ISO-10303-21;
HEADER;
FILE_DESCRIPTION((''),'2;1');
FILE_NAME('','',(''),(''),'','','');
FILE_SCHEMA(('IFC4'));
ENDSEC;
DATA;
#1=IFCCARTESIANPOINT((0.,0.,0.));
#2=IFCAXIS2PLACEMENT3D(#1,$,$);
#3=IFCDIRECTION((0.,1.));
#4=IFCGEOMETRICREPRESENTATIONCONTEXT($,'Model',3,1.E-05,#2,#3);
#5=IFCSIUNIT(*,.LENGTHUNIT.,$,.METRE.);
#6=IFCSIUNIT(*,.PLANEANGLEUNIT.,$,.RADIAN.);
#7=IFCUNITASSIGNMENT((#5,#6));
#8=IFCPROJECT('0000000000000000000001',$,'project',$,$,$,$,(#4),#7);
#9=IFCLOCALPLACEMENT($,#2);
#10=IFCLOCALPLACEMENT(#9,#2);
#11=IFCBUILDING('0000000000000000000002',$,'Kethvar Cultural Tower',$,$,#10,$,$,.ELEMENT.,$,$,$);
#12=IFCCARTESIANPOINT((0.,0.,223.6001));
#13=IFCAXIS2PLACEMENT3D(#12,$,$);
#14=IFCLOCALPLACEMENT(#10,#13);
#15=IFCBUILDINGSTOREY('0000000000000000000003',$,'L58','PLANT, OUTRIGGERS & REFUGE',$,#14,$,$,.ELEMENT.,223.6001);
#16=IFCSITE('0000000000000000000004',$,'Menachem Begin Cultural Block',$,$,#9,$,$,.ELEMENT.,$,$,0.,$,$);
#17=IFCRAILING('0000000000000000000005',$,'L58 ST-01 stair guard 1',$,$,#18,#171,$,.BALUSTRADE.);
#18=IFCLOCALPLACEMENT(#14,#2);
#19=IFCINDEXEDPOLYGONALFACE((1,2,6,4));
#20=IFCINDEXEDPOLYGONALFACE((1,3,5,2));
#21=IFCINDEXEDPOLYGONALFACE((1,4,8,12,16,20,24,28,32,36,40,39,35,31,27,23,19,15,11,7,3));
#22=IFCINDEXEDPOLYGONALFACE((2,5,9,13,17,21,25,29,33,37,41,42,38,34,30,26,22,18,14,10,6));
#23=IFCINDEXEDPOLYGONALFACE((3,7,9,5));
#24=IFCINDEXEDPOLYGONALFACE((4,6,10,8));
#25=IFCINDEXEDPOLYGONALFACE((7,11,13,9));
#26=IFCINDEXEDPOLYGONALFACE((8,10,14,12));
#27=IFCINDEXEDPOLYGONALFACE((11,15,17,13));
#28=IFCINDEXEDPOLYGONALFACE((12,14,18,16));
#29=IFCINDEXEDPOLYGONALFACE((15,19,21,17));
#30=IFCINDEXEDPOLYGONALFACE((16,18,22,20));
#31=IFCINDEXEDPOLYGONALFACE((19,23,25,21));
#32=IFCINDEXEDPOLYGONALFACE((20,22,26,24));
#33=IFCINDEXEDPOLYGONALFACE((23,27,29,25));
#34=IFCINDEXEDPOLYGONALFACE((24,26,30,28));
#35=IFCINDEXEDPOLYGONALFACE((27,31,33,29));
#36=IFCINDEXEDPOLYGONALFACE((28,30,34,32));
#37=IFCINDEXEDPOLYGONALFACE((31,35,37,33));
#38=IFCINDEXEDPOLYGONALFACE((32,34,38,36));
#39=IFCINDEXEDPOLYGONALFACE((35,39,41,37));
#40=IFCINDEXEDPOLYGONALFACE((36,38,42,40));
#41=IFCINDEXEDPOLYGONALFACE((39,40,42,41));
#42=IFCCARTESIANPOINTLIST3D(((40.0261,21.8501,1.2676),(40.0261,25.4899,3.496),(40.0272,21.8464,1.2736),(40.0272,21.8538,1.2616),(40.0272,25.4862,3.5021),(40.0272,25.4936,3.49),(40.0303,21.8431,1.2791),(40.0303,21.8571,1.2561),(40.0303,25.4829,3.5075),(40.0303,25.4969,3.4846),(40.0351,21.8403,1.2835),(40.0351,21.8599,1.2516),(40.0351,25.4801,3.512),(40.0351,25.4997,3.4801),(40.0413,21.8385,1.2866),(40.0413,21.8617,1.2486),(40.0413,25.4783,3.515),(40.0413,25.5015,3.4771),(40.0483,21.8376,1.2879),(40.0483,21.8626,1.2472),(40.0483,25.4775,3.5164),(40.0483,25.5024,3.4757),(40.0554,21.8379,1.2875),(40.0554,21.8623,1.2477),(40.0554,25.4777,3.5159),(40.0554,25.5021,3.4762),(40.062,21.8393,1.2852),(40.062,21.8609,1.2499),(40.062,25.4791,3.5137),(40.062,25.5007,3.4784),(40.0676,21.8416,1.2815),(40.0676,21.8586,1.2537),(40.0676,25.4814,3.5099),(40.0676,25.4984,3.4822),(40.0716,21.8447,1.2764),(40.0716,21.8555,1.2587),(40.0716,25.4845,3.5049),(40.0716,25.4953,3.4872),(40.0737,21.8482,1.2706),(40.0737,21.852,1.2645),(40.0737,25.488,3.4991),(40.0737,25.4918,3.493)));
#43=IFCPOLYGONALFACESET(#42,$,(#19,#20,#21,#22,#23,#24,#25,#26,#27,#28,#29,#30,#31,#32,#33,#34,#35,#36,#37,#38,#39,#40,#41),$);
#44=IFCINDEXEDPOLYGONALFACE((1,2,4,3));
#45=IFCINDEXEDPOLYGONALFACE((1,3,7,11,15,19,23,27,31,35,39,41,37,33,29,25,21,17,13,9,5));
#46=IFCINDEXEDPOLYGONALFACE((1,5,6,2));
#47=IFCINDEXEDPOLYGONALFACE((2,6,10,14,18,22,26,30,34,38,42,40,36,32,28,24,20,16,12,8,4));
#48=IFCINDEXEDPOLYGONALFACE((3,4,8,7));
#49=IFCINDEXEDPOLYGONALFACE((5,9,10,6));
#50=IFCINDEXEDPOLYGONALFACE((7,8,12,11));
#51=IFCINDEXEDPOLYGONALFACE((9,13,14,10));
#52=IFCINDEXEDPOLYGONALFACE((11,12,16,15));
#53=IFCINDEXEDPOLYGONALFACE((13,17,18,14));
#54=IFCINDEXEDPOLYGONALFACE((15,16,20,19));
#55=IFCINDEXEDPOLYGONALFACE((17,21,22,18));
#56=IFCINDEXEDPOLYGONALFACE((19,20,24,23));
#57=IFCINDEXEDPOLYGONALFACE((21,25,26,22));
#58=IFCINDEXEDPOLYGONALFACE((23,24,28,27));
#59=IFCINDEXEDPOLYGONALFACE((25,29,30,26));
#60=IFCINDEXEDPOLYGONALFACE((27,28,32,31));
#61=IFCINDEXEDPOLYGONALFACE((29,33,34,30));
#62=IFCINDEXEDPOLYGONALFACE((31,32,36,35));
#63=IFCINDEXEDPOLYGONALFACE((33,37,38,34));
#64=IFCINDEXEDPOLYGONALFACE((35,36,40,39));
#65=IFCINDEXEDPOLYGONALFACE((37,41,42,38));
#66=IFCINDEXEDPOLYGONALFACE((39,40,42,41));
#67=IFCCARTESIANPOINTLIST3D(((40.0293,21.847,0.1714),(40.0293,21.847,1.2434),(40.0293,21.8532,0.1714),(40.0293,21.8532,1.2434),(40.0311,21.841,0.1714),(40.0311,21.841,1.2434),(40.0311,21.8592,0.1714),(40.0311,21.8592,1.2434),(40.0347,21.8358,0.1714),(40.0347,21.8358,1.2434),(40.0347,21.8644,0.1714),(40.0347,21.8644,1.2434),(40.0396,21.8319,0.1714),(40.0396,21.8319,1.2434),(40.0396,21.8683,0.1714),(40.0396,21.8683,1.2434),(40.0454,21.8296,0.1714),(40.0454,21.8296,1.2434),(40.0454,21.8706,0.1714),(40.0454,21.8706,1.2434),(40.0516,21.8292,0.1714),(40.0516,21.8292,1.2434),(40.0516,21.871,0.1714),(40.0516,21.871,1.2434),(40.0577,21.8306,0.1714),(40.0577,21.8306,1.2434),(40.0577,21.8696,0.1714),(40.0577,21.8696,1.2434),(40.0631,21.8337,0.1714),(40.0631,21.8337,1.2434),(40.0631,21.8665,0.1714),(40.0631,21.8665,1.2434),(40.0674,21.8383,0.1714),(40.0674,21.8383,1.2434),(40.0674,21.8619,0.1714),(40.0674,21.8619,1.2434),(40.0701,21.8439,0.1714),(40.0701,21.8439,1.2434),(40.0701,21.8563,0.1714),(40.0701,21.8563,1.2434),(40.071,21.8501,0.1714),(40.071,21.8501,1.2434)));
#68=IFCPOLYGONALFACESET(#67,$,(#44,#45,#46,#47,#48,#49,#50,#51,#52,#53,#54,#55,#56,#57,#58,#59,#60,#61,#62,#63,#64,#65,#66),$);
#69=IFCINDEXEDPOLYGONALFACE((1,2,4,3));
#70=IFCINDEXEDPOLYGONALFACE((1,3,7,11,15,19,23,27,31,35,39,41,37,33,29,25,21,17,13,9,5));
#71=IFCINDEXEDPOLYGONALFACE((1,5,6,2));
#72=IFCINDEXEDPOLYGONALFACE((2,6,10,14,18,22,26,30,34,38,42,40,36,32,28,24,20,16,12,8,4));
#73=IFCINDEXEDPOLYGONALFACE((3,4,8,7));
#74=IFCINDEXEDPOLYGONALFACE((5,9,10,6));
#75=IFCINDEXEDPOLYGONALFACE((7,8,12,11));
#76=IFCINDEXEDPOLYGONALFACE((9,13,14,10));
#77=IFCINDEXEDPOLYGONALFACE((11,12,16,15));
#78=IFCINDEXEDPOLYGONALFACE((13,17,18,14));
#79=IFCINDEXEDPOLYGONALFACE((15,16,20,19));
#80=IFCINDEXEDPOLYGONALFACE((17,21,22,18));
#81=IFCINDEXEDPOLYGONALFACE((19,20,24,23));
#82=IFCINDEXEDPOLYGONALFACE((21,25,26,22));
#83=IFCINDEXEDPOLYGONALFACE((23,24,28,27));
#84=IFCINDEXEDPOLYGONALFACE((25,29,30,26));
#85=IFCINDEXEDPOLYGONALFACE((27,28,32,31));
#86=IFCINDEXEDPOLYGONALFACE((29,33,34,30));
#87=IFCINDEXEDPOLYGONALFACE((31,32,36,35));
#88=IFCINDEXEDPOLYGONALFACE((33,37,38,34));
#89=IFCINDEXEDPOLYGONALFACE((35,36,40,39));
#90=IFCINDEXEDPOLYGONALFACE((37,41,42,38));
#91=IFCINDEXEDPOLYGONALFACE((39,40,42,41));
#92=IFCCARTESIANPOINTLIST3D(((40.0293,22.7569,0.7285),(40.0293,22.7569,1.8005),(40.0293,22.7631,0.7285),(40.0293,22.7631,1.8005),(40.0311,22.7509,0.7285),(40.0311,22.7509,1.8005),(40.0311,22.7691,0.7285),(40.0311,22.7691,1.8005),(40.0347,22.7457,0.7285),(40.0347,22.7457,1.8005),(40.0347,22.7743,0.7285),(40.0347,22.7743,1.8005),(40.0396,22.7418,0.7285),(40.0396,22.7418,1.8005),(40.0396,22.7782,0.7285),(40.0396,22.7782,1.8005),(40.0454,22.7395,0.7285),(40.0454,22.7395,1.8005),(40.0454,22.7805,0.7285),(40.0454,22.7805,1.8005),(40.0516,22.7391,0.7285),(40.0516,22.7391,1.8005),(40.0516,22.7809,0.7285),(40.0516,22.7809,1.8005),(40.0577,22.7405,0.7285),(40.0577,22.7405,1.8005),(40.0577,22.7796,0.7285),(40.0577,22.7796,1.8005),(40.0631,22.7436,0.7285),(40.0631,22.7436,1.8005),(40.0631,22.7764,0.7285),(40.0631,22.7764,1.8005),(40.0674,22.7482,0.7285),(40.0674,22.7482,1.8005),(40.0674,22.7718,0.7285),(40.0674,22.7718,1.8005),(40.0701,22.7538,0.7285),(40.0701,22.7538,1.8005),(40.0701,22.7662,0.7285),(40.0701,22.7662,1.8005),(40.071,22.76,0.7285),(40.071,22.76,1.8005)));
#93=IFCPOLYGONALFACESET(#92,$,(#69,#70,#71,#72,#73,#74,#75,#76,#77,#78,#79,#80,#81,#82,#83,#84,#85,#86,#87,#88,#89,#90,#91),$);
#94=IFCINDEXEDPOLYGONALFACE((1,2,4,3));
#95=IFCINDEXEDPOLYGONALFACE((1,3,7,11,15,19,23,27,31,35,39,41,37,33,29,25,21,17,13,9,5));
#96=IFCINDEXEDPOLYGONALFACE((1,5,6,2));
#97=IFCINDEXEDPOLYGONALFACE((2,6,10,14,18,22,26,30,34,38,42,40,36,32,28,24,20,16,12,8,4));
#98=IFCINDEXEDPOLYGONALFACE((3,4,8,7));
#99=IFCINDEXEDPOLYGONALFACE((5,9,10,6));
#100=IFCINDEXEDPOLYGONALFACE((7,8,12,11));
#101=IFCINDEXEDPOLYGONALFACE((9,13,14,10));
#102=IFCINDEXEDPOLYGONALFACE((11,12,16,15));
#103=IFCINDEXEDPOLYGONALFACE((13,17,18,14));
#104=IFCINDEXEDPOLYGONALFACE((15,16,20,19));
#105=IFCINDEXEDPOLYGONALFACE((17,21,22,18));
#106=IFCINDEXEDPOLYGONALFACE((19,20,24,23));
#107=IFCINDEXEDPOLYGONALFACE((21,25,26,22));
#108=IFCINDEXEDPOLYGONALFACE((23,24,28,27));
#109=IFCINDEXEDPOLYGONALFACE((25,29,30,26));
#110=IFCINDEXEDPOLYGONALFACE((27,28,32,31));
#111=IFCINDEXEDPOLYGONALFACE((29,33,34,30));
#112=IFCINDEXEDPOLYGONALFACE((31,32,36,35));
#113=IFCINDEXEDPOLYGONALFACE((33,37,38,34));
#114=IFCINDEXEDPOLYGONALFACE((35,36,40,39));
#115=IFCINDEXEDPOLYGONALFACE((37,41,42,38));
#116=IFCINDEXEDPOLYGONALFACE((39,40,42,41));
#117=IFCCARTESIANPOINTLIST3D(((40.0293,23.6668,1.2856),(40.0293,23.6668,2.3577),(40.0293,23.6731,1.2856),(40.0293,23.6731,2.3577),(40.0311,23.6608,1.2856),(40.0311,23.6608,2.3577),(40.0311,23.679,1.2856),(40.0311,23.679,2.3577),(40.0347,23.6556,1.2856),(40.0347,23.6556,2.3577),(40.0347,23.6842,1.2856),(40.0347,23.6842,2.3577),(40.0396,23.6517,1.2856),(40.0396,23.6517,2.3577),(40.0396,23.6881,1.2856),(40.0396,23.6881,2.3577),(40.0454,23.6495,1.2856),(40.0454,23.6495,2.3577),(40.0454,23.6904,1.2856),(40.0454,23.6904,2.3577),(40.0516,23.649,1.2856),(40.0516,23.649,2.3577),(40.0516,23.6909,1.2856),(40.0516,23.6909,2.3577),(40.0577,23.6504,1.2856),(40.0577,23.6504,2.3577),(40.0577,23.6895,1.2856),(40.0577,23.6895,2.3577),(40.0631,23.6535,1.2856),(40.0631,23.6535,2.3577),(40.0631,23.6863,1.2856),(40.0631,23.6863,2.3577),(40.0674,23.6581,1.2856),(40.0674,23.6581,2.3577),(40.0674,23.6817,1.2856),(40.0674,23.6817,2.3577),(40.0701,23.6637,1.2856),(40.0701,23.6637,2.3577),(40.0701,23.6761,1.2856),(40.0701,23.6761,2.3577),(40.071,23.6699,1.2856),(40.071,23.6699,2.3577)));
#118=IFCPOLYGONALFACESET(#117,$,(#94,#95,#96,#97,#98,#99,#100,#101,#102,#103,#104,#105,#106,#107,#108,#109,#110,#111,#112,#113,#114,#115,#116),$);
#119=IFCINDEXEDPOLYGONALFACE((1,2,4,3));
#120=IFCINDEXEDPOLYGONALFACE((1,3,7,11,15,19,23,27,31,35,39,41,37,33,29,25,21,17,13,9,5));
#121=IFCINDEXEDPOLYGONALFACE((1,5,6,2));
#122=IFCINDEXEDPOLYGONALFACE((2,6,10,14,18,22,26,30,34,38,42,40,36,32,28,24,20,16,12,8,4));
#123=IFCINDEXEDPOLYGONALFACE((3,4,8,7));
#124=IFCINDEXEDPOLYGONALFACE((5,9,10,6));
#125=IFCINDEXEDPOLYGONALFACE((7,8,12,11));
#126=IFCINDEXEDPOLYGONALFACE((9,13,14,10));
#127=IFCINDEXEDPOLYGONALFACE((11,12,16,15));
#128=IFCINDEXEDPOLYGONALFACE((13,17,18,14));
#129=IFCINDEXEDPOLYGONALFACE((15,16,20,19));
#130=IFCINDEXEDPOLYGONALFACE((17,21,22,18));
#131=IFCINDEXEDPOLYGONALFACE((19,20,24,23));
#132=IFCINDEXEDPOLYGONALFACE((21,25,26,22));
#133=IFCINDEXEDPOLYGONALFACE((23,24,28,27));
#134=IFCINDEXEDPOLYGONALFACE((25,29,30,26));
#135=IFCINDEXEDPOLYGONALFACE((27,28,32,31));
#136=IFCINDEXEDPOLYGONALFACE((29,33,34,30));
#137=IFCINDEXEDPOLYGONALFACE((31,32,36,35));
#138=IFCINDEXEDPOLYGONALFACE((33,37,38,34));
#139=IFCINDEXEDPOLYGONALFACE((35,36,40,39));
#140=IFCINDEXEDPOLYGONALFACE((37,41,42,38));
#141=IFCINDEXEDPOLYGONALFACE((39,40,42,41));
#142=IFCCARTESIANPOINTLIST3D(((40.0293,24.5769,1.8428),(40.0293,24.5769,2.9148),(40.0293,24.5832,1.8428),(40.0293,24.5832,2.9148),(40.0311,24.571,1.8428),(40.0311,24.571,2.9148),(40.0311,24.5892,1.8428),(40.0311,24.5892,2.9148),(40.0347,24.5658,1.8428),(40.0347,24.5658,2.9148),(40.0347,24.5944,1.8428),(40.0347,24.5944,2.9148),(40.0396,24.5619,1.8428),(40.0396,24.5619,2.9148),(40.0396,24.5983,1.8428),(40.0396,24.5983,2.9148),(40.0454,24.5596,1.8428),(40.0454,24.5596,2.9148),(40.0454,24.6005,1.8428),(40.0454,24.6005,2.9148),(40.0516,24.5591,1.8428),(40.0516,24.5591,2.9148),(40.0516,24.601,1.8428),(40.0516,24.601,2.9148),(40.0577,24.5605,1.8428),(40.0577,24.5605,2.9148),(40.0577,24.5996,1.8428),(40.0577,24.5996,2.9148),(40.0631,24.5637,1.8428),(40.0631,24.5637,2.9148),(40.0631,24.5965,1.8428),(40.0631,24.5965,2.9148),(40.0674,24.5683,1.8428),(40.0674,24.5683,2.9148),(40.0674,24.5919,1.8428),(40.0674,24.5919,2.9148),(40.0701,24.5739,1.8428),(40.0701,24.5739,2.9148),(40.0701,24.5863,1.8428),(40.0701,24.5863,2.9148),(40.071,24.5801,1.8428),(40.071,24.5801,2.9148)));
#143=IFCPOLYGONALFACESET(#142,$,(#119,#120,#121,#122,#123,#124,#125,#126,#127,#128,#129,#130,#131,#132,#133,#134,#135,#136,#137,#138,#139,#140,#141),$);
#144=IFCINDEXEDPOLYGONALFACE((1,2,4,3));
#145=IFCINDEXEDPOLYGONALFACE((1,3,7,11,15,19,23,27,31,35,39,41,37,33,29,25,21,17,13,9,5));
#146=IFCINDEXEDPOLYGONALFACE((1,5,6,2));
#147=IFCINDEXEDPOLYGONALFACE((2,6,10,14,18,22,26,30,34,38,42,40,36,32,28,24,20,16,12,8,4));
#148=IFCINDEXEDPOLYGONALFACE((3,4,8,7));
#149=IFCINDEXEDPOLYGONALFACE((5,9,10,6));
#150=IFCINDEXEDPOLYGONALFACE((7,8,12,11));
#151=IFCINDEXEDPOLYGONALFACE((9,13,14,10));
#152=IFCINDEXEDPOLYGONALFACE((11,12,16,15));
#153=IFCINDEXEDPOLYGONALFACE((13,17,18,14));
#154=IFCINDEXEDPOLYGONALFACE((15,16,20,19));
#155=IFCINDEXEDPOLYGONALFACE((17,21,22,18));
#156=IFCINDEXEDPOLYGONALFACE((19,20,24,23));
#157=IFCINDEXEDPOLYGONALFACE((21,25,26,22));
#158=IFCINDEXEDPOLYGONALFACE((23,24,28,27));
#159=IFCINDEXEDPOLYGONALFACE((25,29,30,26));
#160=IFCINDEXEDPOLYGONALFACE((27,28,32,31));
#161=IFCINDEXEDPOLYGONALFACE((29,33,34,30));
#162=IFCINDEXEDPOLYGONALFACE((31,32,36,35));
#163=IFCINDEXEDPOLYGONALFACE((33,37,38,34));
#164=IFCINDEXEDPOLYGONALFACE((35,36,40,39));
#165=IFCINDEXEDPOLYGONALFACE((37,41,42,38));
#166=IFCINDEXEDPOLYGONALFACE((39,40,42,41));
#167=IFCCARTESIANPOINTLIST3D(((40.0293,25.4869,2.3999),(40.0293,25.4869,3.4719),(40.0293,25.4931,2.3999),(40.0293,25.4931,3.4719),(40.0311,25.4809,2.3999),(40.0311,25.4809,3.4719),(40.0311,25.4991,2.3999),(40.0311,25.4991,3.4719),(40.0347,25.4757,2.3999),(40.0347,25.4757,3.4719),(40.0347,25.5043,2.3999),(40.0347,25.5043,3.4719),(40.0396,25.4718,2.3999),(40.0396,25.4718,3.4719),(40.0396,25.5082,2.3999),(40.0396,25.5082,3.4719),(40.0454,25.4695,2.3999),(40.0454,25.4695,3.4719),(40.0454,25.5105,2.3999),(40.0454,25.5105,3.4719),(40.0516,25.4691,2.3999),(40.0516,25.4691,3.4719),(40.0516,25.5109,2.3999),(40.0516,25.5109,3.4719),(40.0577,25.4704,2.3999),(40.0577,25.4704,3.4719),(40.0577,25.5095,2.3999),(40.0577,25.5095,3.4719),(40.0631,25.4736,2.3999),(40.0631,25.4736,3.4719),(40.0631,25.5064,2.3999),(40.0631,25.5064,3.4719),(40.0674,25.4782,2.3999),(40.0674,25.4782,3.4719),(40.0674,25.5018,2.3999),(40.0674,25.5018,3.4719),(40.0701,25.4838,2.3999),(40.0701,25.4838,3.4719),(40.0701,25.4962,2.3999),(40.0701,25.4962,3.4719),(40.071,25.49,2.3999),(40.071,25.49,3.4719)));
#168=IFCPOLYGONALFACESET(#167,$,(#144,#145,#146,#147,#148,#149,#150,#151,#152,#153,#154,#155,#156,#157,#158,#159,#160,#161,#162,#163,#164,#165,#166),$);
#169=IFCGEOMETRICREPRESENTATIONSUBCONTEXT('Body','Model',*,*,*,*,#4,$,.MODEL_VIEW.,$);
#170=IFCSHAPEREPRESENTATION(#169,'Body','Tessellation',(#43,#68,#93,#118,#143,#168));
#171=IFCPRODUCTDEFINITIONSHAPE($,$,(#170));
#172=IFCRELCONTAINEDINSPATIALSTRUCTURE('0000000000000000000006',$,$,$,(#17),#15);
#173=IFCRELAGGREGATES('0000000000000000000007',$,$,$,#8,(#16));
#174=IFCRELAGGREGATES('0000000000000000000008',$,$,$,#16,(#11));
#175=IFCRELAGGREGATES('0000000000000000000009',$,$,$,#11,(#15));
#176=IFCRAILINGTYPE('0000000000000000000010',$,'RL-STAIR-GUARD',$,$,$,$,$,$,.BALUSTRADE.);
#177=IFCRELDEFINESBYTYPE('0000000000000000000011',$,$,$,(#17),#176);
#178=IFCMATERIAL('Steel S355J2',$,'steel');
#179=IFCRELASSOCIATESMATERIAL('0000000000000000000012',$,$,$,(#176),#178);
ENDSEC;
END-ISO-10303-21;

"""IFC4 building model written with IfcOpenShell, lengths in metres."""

from ifc_helpers import new_model, si_unit, direction, frame, origin, origin_2d, place, context, subcontext, project, spatial, circle, extrude, material, type_object, element, save


model = new_model("IFC4")

# Units and contexts
model_context = context("Model", 3, precision=1e-05, world=origin(), true_north=direction((0.0, 1.0)))
body_context = subcontext(model_context, "Body", "Model", "MODEL_VIEW")
ifc_project = project(units=[si_unit("LENGTHUNIT", "METRE"), si_unit("PLANEANGLEUNIT", "RADIAN")], contexts=[model_context])

# Site, building, storey
site_placement = place(None, origin())
site = spatial("IfcSite", under=ifc_project, at=site_placement, Name="Menachem Begin Cultural Block", CompositionType="ELEMENT", RefElevation=0.0)
building_placement = place(site_placement, origin())
building = spatial("IfcBuilding", under=site, at=building_placement, Name="Kethvar Cultural Tower", CompositionType="ELEMENT")
storey_placement = place(building_placement, frame((0.0, 0.0, 223.6001)))
storey = spatial("IfcBuildingStorey", under=building, at=storey_placement, Name="L58", Description="PLANT, OUTRIGGERS & REFUGE", CompositionType="ELEMENT", Elevation=223.6001)

# Shared definitions
ifc_material_1 = material(Name="Steel S355J2", Category="steel")

# Railing
railing_type_1 = type_object("IfcRailingType", Name="RL-STAIR-GUARD", PredefinedType="BALUSTRADE", material=ifc_material_1)
railing_1_placement = place(storey_placement, frame((40.05, 21.8501, 0.1714)))
element("IfcRailing", 1, at=railing_1_placement, inside=storey, type_object=railing_type_1, Name="L58 ST-01 stair guard 1", PredefinedType="BALUSTRADE", context=body_context, shape_type="SweptSolid", body=[
    extrude(circle(Radius=0.0239, at=origin_2d()), frame((0.0, 0.0, 1.0962), z_axis=(0.0, 0.85285, 0.522156), x_axis=(-1.0, 0.0, 0.0)), (0.0, 0.0, 1.0), 4.2678),
    extrude(circle(Radius=0.021, at=origin_2d()), origin(), (0.0, 0.0, 1.0), 1.072),
    extrude(circle(Radius=0.021, at=origin_2d()), frame((0.0, 0.9099, 0.5571)), (0.0, 0.0, 1.0), 1.072),
    extrude(circle(Radius=0.021, at=origin_2d()), frame((0.0, 1.8198, 1.1143)), (0.0, 0.0, 1.0), 1.072),
    extrude(circle(Radius=0.021, at=origin_2d()), frame((0.0, 2.73, 1.6714)), (0.0, 0.0, 1.0), 1.072),
    extrude(circle(Radius=0.021, at=origin_2d()), frame((0.0, 3.6399, 2.2285)), (0.0, 0.0, 1.0), 1.072),
])

save(model, "model.ifc")
